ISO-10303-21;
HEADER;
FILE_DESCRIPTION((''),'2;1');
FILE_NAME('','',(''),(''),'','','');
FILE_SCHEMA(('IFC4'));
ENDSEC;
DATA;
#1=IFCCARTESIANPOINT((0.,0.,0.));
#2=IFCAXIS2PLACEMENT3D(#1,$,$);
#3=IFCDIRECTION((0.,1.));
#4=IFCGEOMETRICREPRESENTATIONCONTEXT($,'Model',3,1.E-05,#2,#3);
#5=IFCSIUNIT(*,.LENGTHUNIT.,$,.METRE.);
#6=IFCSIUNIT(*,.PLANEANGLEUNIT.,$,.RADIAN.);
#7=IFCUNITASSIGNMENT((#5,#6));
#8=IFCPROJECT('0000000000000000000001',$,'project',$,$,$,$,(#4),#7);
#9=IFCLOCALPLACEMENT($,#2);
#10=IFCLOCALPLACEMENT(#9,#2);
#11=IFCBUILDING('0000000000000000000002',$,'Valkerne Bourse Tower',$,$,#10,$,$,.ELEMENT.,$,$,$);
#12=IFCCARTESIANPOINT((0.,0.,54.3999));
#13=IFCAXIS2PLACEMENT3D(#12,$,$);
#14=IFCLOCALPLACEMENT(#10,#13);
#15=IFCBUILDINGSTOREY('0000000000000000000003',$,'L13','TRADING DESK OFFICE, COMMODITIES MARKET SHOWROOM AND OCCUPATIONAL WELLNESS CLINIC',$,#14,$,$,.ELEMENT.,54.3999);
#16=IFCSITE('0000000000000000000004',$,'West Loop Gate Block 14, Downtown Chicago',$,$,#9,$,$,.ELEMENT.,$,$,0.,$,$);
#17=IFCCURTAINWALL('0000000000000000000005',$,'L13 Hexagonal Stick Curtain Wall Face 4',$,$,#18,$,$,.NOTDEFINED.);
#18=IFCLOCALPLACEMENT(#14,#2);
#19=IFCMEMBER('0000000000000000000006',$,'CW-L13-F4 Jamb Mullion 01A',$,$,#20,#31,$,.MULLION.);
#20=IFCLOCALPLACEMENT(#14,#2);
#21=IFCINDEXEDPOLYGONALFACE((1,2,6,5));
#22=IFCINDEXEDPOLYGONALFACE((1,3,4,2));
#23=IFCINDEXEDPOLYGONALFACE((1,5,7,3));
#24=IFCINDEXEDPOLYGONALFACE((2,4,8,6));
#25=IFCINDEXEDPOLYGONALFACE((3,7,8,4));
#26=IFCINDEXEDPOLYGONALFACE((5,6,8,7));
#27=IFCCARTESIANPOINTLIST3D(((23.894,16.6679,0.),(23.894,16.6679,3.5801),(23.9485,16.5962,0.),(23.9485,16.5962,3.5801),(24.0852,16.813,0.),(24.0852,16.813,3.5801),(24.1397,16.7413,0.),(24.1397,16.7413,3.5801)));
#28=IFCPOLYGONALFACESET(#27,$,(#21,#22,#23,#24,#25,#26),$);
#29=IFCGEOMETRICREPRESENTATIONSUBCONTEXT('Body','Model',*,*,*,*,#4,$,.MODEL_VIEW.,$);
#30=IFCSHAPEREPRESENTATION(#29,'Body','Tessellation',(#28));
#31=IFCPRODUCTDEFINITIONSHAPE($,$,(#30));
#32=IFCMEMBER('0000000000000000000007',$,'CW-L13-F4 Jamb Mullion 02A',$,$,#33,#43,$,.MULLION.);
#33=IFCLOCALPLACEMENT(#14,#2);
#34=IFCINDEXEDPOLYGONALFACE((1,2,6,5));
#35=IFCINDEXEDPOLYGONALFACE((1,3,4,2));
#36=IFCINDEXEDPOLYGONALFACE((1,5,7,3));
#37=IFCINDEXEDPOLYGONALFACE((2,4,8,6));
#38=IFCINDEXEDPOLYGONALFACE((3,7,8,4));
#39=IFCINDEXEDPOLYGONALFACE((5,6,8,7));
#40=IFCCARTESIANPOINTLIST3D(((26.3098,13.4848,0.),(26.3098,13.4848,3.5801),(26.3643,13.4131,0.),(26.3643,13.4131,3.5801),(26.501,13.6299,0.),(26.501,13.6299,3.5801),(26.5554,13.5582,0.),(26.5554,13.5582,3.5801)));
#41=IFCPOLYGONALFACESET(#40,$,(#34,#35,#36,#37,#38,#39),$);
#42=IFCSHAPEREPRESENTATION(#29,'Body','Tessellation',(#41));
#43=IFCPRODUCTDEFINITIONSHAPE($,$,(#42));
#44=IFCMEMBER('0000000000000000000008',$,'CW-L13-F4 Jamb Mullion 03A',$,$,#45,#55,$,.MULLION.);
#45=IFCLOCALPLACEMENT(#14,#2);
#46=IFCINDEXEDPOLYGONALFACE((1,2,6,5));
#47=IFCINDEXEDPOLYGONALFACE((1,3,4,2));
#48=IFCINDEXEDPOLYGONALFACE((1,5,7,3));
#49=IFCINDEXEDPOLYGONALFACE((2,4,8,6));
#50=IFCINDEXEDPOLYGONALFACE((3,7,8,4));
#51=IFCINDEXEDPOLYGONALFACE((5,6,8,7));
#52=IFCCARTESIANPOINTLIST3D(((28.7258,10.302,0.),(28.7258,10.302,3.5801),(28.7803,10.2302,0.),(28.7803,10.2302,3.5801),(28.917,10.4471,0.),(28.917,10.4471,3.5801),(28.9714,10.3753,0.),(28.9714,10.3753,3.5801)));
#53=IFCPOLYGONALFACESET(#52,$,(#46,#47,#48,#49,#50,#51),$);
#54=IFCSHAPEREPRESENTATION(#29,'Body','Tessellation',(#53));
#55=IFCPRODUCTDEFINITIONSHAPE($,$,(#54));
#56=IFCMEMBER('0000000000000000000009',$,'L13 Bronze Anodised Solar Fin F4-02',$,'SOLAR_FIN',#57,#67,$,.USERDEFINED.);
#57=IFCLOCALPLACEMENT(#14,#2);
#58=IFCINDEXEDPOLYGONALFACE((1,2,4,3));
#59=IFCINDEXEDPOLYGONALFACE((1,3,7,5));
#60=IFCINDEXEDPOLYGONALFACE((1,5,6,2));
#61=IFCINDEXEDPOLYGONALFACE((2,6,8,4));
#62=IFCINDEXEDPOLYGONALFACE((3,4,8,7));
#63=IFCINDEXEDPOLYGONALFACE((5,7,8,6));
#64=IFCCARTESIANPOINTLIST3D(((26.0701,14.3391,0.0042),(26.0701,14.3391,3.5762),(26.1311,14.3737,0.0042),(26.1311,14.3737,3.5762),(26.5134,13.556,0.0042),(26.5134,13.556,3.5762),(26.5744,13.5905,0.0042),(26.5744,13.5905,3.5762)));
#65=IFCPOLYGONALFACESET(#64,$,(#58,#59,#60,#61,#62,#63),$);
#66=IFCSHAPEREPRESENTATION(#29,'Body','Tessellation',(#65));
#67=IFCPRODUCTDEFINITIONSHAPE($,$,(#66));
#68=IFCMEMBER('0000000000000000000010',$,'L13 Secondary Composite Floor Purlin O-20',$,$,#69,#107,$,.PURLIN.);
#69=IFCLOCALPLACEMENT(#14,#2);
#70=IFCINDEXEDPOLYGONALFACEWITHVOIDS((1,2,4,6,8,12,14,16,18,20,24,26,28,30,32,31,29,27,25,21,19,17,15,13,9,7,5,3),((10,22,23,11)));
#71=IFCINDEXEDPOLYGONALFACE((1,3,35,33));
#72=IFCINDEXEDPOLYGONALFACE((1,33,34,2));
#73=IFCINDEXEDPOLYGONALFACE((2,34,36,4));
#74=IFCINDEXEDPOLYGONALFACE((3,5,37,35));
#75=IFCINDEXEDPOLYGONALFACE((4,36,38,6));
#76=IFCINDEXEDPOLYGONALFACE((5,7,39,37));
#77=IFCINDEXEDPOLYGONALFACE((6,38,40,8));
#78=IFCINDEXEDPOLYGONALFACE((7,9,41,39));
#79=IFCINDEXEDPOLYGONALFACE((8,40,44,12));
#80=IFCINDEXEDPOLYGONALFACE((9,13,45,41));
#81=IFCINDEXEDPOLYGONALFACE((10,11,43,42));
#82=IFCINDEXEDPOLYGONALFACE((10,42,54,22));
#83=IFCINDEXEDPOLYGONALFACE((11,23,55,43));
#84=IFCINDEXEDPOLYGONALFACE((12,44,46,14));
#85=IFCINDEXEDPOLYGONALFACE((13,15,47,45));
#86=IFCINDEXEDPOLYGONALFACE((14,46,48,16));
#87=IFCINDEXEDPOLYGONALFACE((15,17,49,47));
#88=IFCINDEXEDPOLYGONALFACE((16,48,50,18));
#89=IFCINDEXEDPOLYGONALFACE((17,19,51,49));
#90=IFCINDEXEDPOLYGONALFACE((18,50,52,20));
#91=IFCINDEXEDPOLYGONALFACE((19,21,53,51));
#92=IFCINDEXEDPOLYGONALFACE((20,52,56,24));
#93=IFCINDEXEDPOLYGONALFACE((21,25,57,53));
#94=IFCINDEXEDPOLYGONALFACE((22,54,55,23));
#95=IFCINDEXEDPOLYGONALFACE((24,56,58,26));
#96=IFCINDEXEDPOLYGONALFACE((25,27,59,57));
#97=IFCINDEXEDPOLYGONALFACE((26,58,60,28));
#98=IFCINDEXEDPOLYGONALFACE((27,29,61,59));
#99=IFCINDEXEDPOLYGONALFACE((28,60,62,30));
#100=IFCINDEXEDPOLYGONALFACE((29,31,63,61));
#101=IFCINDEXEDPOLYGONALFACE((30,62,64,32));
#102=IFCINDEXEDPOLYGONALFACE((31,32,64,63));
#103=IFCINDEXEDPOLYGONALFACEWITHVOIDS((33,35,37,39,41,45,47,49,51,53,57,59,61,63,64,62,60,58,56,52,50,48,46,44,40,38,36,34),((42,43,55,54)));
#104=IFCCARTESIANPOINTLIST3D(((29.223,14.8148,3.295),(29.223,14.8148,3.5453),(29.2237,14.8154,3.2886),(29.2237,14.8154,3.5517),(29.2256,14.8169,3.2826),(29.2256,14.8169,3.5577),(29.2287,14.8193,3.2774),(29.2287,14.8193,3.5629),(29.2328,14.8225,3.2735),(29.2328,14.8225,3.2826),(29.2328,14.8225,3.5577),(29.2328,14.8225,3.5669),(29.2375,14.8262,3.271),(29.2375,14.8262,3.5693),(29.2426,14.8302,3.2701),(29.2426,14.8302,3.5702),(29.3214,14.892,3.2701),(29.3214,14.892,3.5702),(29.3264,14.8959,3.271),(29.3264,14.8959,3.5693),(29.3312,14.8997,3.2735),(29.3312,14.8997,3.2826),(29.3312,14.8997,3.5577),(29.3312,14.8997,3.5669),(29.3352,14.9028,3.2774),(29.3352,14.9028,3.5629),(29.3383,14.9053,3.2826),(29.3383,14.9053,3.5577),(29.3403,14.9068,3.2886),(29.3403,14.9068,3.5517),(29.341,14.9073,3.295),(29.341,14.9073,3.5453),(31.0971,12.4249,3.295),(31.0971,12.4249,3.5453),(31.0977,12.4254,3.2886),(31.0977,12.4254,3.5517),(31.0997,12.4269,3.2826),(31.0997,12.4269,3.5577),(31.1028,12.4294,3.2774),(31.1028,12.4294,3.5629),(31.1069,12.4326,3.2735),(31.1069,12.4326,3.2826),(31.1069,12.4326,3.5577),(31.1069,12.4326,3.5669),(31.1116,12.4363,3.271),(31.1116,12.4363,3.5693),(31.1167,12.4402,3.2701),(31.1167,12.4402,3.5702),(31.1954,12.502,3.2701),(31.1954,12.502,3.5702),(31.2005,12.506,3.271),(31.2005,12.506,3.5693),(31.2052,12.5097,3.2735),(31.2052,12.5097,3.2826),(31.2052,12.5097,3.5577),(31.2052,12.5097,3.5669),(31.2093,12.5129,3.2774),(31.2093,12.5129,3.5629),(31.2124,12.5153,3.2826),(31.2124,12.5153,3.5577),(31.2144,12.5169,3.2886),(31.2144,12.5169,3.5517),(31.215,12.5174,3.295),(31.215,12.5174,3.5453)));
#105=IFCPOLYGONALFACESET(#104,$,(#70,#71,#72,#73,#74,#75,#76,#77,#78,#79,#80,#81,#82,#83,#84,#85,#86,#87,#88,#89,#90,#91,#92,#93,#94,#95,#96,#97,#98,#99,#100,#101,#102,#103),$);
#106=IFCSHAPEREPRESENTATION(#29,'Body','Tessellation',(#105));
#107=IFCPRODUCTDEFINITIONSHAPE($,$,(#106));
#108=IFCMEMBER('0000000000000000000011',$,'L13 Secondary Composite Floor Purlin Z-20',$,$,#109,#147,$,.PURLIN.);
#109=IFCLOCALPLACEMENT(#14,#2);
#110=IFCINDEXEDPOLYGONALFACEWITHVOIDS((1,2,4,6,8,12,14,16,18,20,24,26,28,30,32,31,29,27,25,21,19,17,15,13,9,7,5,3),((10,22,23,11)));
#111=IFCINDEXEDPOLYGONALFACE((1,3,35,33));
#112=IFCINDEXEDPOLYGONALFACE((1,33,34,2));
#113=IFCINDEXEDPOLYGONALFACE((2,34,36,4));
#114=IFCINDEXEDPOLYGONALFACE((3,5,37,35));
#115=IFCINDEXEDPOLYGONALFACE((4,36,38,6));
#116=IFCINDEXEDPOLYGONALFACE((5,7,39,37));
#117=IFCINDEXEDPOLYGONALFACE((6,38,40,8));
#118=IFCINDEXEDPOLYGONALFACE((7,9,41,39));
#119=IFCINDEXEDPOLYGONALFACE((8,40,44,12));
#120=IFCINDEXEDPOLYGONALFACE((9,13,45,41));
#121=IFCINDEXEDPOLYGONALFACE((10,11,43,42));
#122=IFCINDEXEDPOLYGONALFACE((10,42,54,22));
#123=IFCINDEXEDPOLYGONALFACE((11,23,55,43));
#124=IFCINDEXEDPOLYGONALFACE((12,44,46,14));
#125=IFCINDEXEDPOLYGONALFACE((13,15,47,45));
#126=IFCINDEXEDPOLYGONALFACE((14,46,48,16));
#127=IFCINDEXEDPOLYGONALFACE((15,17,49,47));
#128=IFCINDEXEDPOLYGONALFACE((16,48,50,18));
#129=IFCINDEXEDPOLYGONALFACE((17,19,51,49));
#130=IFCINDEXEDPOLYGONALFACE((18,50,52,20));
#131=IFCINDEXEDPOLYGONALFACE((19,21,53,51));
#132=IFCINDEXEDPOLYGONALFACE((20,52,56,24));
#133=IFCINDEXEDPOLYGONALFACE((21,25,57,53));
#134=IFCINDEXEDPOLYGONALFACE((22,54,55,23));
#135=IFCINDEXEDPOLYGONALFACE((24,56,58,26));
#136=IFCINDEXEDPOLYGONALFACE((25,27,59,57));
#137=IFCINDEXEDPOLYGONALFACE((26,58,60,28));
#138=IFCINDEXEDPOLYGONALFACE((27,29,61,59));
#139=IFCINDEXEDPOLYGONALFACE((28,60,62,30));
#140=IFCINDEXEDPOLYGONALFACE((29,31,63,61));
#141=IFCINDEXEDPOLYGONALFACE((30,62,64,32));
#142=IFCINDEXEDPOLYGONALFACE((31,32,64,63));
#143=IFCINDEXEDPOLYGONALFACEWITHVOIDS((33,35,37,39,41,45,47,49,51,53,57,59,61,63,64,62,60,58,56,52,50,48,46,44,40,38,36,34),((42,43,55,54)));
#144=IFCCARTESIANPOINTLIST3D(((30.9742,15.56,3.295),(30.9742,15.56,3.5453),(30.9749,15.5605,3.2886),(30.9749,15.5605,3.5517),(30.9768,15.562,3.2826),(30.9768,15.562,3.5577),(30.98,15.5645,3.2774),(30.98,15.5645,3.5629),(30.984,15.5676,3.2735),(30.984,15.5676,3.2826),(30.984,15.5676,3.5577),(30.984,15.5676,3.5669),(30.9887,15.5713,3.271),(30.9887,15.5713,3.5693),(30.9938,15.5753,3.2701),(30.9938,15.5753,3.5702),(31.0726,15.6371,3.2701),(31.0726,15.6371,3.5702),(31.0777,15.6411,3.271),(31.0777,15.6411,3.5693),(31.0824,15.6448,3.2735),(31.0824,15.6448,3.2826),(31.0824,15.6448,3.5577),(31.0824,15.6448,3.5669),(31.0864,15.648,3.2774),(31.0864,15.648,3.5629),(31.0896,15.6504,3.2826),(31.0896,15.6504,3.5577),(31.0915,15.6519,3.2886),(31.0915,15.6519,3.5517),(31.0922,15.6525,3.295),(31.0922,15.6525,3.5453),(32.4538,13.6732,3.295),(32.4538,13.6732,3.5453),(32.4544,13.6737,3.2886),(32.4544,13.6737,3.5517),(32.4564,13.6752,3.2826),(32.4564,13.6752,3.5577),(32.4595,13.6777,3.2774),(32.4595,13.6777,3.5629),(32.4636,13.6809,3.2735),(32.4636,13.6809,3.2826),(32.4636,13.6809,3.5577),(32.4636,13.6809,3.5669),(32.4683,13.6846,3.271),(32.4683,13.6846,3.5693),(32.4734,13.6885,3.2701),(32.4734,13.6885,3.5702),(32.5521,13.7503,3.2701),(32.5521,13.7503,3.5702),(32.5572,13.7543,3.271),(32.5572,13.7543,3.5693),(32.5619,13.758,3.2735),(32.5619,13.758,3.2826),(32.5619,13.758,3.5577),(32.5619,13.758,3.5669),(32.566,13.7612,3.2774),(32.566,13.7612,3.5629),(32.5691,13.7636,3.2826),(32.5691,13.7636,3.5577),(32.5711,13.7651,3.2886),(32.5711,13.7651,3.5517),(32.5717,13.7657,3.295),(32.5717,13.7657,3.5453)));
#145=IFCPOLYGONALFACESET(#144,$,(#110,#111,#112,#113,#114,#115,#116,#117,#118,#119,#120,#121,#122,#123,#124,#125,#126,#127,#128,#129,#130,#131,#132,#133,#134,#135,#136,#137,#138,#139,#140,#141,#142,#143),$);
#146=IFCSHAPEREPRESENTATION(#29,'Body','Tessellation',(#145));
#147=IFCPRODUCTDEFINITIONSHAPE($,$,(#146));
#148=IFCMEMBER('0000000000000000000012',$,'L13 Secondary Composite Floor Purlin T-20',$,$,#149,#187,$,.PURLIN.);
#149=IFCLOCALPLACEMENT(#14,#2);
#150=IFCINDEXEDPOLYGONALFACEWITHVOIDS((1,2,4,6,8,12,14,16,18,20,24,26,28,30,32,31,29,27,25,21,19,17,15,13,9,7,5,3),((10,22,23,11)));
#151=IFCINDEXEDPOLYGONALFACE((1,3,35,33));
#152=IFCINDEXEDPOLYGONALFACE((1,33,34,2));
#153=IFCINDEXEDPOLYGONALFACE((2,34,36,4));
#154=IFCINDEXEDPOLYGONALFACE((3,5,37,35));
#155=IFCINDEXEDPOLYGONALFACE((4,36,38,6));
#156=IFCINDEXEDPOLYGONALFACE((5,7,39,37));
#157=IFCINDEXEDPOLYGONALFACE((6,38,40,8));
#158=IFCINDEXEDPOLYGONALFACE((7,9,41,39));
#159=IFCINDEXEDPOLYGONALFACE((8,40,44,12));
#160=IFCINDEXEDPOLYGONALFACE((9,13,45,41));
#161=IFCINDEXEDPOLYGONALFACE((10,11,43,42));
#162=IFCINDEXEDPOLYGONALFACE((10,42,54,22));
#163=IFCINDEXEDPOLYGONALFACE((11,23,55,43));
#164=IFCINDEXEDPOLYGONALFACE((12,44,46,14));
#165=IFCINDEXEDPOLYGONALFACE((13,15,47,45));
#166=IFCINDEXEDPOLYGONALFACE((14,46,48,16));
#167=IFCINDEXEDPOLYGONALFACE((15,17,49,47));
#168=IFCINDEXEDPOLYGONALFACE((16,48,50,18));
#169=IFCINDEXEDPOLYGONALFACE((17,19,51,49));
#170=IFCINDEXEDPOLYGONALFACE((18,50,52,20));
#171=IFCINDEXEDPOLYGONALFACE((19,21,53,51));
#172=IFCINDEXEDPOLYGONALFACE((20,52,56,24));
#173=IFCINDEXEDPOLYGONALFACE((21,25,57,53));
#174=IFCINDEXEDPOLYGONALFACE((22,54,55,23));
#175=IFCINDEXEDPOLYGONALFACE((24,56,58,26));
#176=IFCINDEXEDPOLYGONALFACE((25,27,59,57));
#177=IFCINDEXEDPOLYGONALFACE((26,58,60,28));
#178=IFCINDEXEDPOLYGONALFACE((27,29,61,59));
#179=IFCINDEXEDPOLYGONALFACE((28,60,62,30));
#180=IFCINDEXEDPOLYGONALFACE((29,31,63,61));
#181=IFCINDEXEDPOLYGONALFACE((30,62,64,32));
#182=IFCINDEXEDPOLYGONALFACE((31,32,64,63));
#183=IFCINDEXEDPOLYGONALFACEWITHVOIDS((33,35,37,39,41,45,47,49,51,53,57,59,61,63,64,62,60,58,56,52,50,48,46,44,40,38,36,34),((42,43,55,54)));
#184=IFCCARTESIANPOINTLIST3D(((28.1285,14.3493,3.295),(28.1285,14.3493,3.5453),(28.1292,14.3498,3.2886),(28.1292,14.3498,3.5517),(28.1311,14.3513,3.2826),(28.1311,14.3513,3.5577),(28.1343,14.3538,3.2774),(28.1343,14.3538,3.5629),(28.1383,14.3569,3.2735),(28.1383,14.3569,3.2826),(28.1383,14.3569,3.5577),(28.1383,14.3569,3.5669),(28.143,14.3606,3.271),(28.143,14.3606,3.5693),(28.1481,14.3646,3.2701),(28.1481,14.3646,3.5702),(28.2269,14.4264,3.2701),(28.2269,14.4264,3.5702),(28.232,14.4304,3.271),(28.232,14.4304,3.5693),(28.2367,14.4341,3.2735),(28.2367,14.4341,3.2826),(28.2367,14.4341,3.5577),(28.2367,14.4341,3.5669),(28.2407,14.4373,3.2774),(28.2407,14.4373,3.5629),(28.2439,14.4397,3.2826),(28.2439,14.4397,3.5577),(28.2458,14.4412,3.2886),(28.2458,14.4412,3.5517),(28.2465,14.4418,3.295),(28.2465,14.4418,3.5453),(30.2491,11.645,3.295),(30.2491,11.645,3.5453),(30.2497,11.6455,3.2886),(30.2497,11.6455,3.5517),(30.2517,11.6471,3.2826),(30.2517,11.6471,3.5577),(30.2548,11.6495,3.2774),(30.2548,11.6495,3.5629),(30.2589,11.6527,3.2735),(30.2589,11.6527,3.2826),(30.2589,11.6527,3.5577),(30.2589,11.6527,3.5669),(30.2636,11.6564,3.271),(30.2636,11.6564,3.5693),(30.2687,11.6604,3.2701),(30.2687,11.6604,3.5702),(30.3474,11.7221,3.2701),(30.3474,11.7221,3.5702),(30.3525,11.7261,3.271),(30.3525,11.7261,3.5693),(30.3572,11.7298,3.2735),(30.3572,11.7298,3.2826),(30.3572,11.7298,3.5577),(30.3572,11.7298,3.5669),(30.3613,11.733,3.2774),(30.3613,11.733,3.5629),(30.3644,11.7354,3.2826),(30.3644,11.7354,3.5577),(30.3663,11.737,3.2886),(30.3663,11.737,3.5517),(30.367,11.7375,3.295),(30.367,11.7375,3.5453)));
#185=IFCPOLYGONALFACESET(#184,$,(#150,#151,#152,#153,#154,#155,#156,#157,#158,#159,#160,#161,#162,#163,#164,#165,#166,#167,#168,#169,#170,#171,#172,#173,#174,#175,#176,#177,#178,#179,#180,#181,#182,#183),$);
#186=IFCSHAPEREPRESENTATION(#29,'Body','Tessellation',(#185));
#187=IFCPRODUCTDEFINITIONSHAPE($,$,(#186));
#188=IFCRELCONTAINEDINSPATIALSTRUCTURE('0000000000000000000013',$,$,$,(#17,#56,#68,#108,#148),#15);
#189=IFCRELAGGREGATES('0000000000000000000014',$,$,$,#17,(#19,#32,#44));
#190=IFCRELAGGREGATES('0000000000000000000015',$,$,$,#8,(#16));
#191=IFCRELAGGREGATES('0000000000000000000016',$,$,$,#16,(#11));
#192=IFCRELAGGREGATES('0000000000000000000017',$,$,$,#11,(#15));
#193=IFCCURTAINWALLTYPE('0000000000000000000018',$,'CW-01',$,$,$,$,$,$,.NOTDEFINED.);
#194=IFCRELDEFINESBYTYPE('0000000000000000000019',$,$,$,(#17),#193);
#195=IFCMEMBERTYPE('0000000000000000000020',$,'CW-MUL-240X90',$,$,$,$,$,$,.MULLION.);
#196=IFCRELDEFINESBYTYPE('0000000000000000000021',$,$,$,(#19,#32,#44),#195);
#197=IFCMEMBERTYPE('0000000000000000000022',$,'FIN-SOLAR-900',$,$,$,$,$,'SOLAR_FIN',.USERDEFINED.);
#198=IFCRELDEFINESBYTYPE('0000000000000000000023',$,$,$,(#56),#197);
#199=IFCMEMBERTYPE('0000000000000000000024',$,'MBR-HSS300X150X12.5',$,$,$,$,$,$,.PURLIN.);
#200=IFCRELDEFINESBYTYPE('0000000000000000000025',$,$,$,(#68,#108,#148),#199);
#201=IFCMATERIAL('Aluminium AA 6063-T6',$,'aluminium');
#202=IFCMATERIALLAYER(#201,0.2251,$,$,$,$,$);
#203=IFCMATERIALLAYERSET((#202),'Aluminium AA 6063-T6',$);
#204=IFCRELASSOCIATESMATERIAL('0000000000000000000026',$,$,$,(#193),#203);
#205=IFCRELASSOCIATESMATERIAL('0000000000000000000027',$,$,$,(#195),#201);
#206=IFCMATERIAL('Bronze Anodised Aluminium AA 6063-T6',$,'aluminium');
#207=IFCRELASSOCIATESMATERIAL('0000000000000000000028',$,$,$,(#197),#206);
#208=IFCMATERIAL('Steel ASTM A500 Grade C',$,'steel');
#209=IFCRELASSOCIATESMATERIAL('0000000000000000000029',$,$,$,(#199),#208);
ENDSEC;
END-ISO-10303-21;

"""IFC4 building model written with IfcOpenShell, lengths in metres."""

from ifc_helpers import new_model, si_unit, direction, frame, origin, origin_2d, place, context, subcontext, project, spatial, rectangle, hollow_rectangle, extrude, material, layer, layer_set, material_profile, profile_set, type_object, element, aggregate, save


model = new_model("IFC4")

# Units and contexts
model_context = context("Model", 3, precision=1e-05, world=origin(), true_north=direction((0.0, 1.0)))
body_context = subcontext(model_context, "Body", "Model", "MODEL_VIEW")
ifc_project = project(units=[si_unit("LENGTHUNIT", "METRE"), si_unit("PLANEANGLEUNIT", "RADIAN")], contexts=[model_context])

# Site, building, storey
site_placement = place(None, origin())
site = spatial("IfcSite", under=ifc_project, at=site_placement, Name="West Loop Gate Block 14, Downtown Chicago", CompositionType="ELEMENT", RefElevation=0.0)
building_placement = place(site_placement, origin())
building = spatial("IfcBuilding", under=site, at=building_placement, Name="Valkerne Bourse Tower", CompositionType="ELEMENT")
storey_placement = place(building_placement, frame((0.0, 0.0, 54.3999)))
storey = spatial("IfcBuildingStorey", under=building, at=storey_placement, Name="L13", Description="TRADING DESK OFFICE, COMMODITIES MARKET SHOWROOM AND OCCUPATIONAL WELLNESS CLINIC", CompositionType="ELEMENT", Elevation=54.3999)

# Curtain wall, members
ifc_material_1 = material(Name="Aluminium AA 6063-T6", Category="aluminium")
ifc_layer_1 = layer(ifc_material_1, 0.2251)
ifc_layer_set_1 = layer_set([ifc_layer_1], Name="Aluminium AA 6063-T6")
curtain_wall_type = type_object("IfcCurtainWallType", Name="CW-01", PredefinedType="NOTDEFINED", material=ifc_layer_set_1)
curtain_wall_placement = place(storey_placement, origin())
curtain_wall = element("IfcCurtainWall", 1, at=curtain_wall_placement, inside=storey, type_object=curtain_wall_type, Name="L13 Hexagonal Stick Curtain Wall Face 4", PredefinedType="NOTDEFINED")
ifc_material_profile_1 = material_profile(ifc_material_1, rectangle(XDim=0.0901, YDim=0.24, at=origin_2d()), Name="CWM-90X240")
ifc_profile_set_1 = profile_set([ifc_material_profile_1], Name="Aluminium AA 6063-T6")
member_type_1 = type_object("IfcMemberType", Name="CW-MUL-240X90", PredefinedType="MULLION", material=ifc_profile_set_1)
member_1_placement = place(storey_placement, frame((24.0168, 16.7046, 0.0), z_axis=(0.0, 0.0, 1.0), x_axis=(0.604579, -0.796545, 0.0)))
member_1 = element("IfcMember", 2, at=member_1_placement, type_object=member_type_1, Name="CW-L13-F4 Jamb Mullion 01A", PredefinedType="MULLION", context=body_context, shape_type="SweptSolid", body=[
    extrude(rectangle(XDim=0.0901, YDim=0.24, at=origin_2d()), origin(), (0.0, 0.0, 1.0), 3.5801),
])
member_2_placement = place(storey_placement, frame((26.4326, 13.5215, 0.0), z_axis=(0.0, 0.0, 1.0), x_axis=(0.604607, -0.796524, 0.0)))
member_2 = element("IfcMember", 3, at=member_2_placement, type_object=member_type_1, Name="CW-L13-F4 Jamb Mullion 02A", PredefinedType="MULLION", context=body_context, shape_type="SweptSolid", body=[
    extrude(rectangle(XDim=0.0901, YDim=0.24, at=origin_2d()), origin(), (0.0, 0.0, 1.0), 3.5801),
])
member_3_placement = place(storey_placement, frame((28.8486, 10.3386, 0.0), z_axis=(0.0, 0.0, 1.0), x_axis=(0.604595, -0.796533, 0.0)))
member_3 = element("IfcMember", 4, at=member_3_placement, type_object=member_type_1, Name="CW-L13-F4 Jamb Mullion 03A", PredefinedType="MULLION", context=body_context, shape_type="SweptSolid", body=[
    extrude(rectangle(XDim=0.0901, YDim=0.24, at=origin_2d()), origin(), (0.0, 0.0, 1.0), 3.5801),
])

# Members
ifc_material_2 = material(Name="Bronze Anodised Aluminium AA 6063-T6", Category="aluminium")
ifc_material_profile_2 = material_profile(ifc_material_2, rectangle(XDim=0.0701, YDim=0.8999, at=origin_2d()), Name="FIN-70X900")
ifc_profile_set_2 = profile_set([ifc_material_profile_2], Name="Bronze Anodised Aluminium AA 6063-T6")
member_type_2 = type_object("IfcMemberType", Name="FIN-SOLAR-900", ElementType="SOLAR_FIN", PredefinedType="USERDEFINED", material=ifc_profile_set_2)
member_4_placement = place(storey_placement, frame((26.3223, 13.9648, 0.0042), z_axis=(0.0, 0.0, 1.0), x_axis=(-0.870232, -0.492641, 0.0)))
element("IfcMember", 5, at=member_4_placement, inside=storey, type_object=member_type_2, Name="L13 Bronze Anodised Solar Fin F4-02", ObjectType="SOLAR_FIN", PredefinedType="USERDEFINED", context=body_context, shape_type="SweptSolid", body=[
    extrude(rectangle(XDim=0.0701, YDim=0.8999, at=origin_2d()), origin(), (0.0, 0.0, 1.0), 3.572),
])
ifc_material_3 = material(Name="Steel ASTM A500 Grade C", Category="steel")
ifc_material_profile_3 = material_profile(ifc_material_3, hollow_rectangle(XDim=0.1499, YDim=0.3, WallThickness=0.0125, OuterFilletRadius=0.0249, at=origin_2d()), Name="HSS300X150X12.5")
ifc_profile_set_3 = profile_set([ifc_material_profile_3], Name="Steel ASTM A500 Grade C")
member_type_3 = type_object("IfcMemberType", Name="MBR-HSS300X150X12.5", PredefinedType="PURLIN", material=ifc_profile_set_3)
member_5_placement = place(storey_placement, frame((29.282, 14.8611, 3.4202), z_axis=(0.617058, -0.786918, 0.0), x_axis=(0.786918, 0.617058, 0.0)))
element("IfcMember", 6, at=member_5_placement, inside=storey, type_object=member_type_3, Name="L13 Secondary Composite Floor Purlin O-20", PredefinedType="PURLIN", context=body_context, shape_type="SweptSolid", body=[
    extrude(hollow_rectangle(XDim=0.1499, YDim=0.3, WallThickness=0.0125, OuterFilletRadius=0.0249, at=origin_2d()), origin(), (0.0, 0.0, 1.0), 3.0371),
])
member_6_placement = place(storey_placement, frame((31.0332, 15.6062, 3.4202), z_axis=(0.617066, -0.786912, 0.0), x_axis=(0.786912, 0.617066, 0.0)))
element("IfcMember", 7, at=member_6_placement, inside=storey, type_object=member_type_3, Name="L13 Secondary Composite Floor Purlin Z-20", PredefinedType="PURLIN", context=body_context, shape_type="SweptSolid", body=[
    extrude(hollow_rectangle(XDim=0.1499, YDim=0.3, WallThickness=0.0125, OuterFilletRadius=0.0249, at=origin_2d()), origin(), (0.0, 0.0, 1.0), 2.3977),
])
for number, where, z_axis, x_axis, name in (
    (8, (28.1875, 14.3955, 3.4202), (0.617059, -0.786917, 0.0), (0.786917, 0.617059, 0.0), "L13 Secondary Composite Floor Purlin T-20"),
):
    element("IfcMember", number, at=place(storey_placement, frame(where, z_axis=z_axis, x_axis=x_axis)), inside=storey, type_object=member_type_3, Name=name, PredefinedType="PURLIN", context=body_context, shape_type="SweptSolid", body=[
        extrude(hollow_rectangle(XDim=0.1499, YDim=0.3, WallThickness=0.0125, OuterFilletRadius=0.0249, at=origin_2d()), origin(), (0.0, 0.0, 1.0), 3.4365),
    ])

aggregate(curtain_wall, [member_1, member_2, member_3])

save(model, "model.ifc")
